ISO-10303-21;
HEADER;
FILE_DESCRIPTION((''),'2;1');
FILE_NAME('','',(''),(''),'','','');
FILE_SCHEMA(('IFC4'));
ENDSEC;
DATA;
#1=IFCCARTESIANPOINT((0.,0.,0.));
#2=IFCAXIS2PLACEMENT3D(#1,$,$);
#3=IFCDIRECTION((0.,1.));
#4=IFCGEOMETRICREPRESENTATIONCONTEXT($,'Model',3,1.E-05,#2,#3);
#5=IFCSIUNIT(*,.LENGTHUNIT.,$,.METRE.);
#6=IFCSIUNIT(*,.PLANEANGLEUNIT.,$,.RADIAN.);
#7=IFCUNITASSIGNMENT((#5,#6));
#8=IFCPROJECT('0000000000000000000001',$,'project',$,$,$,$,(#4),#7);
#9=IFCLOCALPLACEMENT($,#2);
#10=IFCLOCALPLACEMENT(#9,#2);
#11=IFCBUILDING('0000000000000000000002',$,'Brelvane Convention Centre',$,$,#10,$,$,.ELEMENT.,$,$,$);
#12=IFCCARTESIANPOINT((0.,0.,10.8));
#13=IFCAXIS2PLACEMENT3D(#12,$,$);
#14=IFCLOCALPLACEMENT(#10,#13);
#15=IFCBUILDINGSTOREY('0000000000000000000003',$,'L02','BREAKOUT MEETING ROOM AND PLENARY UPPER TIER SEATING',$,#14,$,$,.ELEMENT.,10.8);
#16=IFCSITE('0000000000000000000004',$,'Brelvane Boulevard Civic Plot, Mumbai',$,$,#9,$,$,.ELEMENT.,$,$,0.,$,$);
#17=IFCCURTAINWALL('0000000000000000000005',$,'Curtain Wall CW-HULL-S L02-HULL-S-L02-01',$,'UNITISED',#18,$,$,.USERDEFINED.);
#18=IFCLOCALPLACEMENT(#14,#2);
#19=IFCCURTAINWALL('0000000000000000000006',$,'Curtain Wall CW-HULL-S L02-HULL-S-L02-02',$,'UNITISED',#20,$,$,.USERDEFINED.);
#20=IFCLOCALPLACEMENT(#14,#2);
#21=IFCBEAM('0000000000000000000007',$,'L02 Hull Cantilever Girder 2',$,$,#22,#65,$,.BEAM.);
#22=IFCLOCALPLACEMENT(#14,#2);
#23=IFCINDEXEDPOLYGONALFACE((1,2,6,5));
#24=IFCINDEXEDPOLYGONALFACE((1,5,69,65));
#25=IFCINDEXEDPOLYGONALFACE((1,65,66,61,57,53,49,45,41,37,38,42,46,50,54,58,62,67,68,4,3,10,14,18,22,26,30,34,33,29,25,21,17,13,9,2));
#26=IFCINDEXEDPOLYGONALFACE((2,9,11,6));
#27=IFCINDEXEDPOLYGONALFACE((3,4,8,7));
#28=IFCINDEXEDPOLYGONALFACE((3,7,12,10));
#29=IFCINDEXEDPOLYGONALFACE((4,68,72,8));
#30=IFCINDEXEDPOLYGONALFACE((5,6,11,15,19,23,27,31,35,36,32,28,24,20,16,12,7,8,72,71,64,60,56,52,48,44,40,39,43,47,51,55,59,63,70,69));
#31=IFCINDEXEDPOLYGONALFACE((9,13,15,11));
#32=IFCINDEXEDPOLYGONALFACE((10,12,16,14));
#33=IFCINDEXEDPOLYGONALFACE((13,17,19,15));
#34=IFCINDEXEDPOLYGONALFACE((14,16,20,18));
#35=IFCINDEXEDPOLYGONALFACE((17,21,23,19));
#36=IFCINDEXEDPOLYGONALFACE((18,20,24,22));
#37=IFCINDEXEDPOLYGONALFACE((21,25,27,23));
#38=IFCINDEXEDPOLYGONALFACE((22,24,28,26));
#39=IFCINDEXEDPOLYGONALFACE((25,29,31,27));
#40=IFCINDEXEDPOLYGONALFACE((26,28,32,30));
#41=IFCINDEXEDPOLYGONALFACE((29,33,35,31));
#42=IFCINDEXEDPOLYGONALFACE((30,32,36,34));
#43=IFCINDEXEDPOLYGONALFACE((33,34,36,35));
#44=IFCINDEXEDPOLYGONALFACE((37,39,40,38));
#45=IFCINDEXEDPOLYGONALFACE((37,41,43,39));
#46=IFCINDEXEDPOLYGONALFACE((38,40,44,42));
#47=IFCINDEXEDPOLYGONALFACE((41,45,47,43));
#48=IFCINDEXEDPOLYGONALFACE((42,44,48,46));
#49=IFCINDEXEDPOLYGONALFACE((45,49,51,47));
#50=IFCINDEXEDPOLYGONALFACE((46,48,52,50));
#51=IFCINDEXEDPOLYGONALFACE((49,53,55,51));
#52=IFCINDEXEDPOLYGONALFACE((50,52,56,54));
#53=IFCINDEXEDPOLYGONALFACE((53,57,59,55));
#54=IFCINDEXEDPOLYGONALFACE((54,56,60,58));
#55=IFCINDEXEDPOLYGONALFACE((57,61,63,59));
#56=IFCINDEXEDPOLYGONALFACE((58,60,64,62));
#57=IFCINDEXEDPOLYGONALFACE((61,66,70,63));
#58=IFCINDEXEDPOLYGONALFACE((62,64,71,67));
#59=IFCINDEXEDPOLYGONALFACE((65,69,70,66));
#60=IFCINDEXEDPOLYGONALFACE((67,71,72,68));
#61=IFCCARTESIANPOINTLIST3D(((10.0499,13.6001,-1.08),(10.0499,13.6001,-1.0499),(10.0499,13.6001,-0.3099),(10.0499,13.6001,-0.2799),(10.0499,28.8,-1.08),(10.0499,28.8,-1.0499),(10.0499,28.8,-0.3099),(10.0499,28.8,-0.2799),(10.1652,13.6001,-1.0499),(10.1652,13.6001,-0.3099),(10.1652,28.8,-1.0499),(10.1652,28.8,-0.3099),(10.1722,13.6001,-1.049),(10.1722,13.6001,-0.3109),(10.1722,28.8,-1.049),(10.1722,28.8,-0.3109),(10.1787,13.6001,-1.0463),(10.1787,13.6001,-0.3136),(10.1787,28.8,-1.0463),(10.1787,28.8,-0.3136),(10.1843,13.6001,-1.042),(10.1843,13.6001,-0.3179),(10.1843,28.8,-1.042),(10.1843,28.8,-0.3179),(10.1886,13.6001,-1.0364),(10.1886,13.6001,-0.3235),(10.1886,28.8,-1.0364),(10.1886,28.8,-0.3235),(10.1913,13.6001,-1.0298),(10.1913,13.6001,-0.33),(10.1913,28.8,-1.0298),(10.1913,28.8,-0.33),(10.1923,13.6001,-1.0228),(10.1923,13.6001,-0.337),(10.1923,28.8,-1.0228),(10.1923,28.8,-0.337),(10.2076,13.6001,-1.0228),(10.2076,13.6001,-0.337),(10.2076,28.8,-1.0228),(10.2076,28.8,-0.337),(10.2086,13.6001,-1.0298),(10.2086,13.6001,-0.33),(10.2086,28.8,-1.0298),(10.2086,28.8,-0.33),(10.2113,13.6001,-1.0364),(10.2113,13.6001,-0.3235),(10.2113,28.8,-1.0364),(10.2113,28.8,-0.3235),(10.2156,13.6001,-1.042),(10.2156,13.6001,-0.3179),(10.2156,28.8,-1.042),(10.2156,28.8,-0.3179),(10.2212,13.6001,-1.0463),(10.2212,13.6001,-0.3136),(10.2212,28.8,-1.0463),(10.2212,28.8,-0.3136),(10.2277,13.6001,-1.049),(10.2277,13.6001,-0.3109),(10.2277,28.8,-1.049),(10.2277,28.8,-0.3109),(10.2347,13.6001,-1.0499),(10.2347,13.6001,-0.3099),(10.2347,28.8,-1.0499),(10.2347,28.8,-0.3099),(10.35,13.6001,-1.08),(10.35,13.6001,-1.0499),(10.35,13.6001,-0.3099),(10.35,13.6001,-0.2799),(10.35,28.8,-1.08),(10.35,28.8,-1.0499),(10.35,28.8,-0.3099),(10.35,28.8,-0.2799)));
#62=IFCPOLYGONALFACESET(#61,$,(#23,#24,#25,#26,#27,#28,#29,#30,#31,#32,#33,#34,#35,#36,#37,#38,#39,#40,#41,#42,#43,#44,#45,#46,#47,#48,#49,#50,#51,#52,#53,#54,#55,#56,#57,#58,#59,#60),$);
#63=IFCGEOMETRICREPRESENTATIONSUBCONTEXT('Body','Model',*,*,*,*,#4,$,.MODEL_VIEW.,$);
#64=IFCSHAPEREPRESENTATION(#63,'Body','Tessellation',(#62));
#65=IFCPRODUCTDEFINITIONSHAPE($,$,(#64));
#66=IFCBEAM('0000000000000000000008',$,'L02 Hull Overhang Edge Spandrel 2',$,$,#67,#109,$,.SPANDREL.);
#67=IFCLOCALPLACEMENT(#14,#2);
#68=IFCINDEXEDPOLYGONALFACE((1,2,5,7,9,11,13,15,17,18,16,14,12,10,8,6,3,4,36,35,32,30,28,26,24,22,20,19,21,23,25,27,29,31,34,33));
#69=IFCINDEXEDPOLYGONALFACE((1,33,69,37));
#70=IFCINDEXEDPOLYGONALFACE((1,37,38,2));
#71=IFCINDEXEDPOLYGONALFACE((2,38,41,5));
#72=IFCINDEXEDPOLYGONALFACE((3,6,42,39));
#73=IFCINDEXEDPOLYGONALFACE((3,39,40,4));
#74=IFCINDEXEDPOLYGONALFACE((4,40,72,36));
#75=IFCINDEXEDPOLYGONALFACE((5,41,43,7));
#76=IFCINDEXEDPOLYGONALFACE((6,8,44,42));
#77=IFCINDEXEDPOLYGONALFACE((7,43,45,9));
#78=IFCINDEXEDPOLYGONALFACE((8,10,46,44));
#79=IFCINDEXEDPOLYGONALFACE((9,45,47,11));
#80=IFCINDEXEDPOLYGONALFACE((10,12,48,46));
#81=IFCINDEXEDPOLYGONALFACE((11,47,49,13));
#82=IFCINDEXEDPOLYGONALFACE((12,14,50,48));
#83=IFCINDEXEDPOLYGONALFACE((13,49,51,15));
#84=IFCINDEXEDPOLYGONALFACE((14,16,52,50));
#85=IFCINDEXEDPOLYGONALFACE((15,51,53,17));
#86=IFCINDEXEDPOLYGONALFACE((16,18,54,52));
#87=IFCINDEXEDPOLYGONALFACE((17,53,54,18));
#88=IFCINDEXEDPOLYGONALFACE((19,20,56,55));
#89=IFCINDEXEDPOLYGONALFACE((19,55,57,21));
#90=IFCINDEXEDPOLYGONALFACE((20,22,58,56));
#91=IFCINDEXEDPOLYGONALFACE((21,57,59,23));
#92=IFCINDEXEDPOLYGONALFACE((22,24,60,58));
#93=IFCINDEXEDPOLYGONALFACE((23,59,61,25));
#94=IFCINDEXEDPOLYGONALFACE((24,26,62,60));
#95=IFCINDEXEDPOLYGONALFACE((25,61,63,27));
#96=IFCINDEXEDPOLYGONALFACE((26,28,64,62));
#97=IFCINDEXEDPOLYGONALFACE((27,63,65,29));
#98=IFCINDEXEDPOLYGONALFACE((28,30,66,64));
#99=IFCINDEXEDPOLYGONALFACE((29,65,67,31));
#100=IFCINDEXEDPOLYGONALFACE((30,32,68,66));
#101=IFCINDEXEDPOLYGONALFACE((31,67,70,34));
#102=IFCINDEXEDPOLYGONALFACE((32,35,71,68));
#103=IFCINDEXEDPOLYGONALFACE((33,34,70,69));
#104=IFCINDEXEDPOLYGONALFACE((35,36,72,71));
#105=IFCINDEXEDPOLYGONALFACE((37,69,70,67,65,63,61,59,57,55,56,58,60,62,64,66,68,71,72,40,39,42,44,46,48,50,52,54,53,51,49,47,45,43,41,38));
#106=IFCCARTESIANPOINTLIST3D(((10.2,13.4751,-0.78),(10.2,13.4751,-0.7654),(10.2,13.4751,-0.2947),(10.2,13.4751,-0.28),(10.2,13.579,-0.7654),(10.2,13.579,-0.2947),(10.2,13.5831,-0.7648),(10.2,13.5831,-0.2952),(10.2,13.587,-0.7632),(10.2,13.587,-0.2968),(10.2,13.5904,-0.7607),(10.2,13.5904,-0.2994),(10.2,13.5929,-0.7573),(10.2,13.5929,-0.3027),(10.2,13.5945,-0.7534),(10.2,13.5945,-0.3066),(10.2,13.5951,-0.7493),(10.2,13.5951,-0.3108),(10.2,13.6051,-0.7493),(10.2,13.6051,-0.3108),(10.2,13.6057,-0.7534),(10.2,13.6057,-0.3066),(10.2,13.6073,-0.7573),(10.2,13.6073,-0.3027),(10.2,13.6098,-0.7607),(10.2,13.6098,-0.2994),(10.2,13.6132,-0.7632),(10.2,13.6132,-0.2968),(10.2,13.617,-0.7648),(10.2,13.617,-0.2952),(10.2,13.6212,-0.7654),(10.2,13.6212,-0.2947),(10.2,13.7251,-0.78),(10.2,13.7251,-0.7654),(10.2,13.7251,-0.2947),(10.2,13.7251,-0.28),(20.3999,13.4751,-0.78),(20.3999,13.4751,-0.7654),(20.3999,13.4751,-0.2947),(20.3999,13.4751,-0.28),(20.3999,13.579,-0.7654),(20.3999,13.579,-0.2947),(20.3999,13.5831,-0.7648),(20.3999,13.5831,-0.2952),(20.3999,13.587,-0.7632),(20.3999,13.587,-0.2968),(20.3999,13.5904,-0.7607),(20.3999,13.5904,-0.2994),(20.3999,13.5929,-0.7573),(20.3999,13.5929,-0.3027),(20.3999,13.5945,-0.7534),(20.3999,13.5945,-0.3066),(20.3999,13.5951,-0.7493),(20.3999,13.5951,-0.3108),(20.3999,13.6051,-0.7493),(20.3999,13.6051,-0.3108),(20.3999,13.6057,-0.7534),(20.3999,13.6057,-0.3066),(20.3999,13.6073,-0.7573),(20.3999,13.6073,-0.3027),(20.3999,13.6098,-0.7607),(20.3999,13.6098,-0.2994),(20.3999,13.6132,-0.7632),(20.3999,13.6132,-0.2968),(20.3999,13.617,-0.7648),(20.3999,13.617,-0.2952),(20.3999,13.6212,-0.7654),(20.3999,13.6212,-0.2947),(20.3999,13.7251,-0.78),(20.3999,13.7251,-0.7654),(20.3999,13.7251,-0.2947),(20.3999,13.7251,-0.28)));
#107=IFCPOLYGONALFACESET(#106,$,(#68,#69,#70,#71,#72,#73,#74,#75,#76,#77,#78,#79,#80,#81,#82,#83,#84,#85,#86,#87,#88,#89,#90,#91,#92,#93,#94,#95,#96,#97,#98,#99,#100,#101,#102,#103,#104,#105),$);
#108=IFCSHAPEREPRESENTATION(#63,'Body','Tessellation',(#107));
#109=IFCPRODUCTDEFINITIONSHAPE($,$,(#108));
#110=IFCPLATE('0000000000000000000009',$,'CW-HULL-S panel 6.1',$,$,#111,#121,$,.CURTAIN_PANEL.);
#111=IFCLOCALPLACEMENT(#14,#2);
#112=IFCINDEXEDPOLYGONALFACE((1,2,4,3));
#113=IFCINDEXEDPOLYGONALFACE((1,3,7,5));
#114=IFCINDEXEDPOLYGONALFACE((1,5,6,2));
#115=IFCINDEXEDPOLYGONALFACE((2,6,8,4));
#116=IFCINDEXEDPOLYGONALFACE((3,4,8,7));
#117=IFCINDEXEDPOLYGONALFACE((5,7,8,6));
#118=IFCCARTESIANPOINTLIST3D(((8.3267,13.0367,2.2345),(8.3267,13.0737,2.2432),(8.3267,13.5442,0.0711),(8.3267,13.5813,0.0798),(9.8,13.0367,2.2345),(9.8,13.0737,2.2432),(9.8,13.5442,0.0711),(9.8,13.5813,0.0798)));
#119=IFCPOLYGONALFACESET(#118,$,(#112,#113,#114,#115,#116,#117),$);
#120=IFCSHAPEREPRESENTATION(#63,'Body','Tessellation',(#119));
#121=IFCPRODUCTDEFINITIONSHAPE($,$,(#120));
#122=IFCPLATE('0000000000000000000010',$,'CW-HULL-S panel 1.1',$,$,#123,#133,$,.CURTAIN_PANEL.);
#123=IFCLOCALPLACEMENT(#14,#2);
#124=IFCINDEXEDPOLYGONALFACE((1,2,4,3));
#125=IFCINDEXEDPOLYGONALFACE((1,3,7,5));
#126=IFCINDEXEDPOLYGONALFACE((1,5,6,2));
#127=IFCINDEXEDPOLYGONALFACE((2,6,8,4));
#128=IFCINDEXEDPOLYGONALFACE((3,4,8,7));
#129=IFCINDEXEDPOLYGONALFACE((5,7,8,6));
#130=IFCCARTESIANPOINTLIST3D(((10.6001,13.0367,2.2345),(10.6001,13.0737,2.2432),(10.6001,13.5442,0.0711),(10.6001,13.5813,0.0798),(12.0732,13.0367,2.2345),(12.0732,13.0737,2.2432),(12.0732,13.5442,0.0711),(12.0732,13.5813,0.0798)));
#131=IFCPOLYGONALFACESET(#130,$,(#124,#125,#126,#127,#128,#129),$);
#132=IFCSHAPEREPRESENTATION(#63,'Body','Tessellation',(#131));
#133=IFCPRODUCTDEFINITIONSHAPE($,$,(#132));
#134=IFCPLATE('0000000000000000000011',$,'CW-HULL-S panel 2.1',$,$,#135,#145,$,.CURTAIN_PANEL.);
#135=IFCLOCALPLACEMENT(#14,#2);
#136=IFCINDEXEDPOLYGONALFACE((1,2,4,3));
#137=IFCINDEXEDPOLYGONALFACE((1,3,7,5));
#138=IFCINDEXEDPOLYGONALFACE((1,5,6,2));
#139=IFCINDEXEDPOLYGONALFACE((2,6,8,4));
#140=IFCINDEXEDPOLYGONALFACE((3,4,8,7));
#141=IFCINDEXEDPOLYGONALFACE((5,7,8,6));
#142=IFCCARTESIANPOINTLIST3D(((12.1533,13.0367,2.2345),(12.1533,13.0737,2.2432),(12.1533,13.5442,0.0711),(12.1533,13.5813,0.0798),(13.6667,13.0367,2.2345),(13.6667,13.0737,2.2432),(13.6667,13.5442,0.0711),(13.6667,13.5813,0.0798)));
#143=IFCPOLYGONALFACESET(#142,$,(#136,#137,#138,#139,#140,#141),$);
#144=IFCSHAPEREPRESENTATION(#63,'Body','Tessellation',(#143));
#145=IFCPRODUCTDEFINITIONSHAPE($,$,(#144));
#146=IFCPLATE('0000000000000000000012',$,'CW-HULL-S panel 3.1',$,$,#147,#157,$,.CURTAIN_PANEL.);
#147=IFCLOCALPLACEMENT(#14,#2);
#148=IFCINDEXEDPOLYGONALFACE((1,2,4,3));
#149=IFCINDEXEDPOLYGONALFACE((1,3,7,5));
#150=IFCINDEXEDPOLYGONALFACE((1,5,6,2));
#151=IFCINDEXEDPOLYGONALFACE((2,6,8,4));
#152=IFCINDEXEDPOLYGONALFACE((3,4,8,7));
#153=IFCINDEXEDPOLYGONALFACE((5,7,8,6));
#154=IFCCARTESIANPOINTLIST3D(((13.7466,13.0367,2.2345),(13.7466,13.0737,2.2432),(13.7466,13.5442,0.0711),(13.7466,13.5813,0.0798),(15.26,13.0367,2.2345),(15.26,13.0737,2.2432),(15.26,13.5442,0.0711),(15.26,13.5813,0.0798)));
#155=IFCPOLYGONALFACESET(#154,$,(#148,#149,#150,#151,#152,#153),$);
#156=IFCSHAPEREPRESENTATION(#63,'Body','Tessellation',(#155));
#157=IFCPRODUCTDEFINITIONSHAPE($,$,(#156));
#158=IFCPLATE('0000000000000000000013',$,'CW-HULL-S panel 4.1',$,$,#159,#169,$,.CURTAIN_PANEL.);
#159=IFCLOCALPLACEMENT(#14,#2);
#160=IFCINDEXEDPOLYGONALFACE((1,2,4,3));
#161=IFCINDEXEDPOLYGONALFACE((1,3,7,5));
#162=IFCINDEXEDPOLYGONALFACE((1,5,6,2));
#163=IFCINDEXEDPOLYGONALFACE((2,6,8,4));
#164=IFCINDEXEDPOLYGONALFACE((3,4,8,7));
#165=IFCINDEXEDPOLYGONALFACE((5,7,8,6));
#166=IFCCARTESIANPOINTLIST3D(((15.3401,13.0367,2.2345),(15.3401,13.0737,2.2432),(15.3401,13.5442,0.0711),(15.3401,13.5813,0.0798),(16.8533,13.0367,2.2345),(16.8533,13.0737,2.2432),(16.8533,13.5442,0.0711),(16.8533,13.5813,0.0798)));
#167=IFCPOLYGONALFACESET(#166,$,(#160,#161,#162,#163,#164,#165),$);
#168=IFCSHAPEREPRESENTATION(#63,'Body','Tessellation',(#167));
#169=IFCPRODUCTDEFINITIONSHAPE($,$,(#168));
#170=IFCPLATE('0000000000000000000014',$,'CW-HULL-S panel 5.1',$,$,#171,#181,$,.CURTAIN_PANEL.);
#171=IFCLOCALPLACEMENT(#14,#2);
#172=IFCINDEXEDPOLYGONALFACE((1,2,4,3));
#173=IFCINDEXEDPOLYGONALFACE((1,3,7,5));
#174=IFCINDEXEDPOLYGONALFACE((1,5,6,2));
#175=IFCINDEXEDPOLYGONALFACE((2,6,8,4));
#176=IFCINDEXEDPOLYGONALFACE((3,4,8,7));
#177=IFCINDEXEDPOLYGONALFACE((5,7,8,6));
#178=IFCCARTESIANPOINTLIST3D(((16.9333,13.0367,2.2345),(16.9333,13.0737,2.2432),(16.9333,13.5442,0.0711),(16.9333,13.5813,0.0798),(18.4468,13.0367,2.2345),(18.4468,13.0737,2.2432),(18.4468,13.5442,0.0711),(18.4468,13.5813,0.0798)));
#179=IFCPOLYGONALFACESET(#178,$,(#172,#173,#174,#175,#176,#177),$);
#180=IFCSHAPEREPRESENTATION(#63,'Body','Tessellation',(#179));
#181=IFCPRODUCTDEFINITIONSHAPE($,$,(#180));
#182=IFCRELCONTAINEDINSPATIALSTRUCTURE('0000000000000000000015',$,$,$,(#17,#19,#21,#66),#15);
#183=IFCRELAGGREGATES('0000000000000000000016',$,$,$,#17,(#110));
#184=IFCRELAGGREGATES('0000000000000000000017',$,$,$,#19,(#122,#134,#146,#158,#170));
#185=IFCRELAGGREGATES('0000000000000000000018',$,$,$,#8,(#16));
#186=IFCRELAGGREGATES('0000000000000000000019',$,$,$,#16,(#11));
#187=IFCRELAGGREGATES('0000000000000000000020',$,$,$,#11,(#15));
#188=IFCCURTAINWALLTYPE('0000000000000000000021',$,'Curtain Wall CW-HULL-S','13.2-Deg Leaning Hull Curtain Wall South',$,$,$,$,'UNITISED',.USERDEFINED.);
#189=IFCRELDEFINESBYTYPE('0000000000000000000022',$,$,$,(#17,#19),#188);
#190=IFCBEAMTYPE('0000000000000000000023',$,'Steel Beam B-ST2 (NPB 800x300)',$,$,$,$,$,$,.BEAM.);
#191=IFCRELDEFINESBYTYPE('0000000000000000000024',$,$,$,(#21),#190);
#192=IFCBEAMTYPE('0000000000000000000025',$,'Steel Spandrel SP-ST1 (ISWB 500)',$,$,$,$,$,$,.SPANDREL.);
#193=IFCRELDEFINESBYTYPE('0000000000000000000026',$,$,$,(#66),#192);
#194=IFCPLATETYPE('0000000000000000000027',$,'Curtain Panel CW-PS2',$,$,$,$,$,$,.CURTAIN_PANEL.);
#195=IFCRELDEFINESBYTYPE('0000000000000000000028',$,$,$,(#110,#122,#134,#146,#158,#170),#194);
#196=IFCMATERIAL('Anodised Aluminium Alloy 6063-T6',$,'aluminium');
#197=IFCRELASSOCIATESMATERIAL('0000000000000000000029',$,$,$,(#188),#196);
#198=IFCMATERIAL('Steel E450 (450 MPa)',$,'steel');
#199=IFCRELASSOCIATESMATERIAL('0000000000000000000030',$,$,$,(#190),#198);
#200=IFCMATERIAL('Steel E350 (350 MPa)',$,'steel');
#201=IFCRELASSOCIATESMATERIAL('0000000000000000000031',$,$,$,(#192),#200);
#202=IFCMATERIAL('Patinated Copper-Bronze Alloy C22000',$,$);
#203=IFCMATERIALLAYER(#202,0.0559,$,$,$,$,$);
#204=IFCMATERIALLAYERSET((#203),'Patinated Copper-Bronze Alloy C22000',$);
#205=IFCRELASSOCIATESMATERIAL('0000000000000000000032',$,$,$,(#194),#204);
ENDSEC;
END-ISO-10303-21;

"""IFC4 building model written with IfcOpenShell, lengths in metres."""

from ifc_helpers import new_model, si_unit, direction, frame, origin, origin_2d, place, context, subcontext, project, spatial, polyline, i_section, outline, extrude, material, layer, layer_set, material_profile, profile_set, type_object, element, aggregate, save


model = new_model("IFC4")

# Units and contexts
model_context = context("Model", 3, precision=1e-05, world=origin(), true_north=direction((0.0, 1.0)))
body_context = subcontext(model_context, "Body", "Model", "MODEL_VIEW")
ifc_project = project(units=[si_unit("LENGTHUNIT", "METRE"), si_unit("PLANEANGLEUNIT", "RADIAN")], contexts=[model_context])

# Site, building, storey
site_placement = place(None, origin())
site = spatial("IfcSite", under=ifc_project, at=site_placement, Name="Brelvane Boulevard Civic Plot, Mumbai", CompositionType="ELEMENT", RefElevation=0.0)
building_placement = place(site_placement, origin())
building = spatial("IfcBuilding", under=site, at=building_placement, Name="Brelvane Convention Centre", CompositionType="ELEMENT")
storey_placement = place(building_placement, frame((0.0, 0.0, 10.8)))
storey = spatial("IfcBuildingStorey", under=building, at=storey_placement, Name="L02", Description="BREAKOUT MEETING ROOM AND PLENARY UPPER TIER SEATING", CompositionType="ELEMENT", Elevation=10.8)

# Curtain wall
ifc_material_1 = material(Name="Anodised Aluminium Alloy 6063-T6", Category="aluminium")
curtain_wall_type = type_object("IfcCurtainWallType", Name="Curtain Wall CW-HULL-S", Description="13.2-Deg Leaning Hull Curtain Wall South", ElementType="UNITISED", PredefinedType="USERDEFINED", material=ifc_material_1)
curtain_wall_1_placement = place(storey_placement, origin())
curtain_wall_1 = element("IfcCurtainWall", 1, at=curtain_wall_1_placement, inside=storey, type_object=curtain_wall_type, Name="Curtain Wall CW-HULL-S L02-HULL-S-L02-01", ObjectType="UNITISED", PredefinedType="USERDEFINED")

# Curtain wall
curtain_wall_2_placement = place(storey_placement, origin())
curtain_wall_2 = element("IfcCurtainWall", 2, at=curtain_wall_2_placement, inside=storey, type_object=curtain_wall_type, Name="Curtain Wall CW-HULL-S L02-HULL-S-L02-02", ObjectType="UNITISED", PredefinedType="USERDEFINED")

# Beams
ifc_material_2 = material(Name="Steel E450 (450 MPa)", Category="steel")
ifc_material_profile_1 = material_profile(ifc_material_2, i_section(OverallWidth=0.3, OverallDepth=0.8, WebThickness=0.0154, FlangeThickness=0.03, FilletRadius=0.0271, at=origin_2d()), Name="NPB 800x300")
ifc_profile_set_1 = profile_set([ifc_material_profile_1], Name="Steel E450 (450 MPa)")
beam_type_1 = type_object("IfcBeamType", Name="Steel Beam B-ST2 (NPB 800x300)", PredefinedType="BEAM", material=ifc_profile_set_1)
beam_1_placement = place(storey_placement, frame((10.2, 13.6001, -0.6799), z_axis=(0.0, 1.0, 0.0), x_axis=(-1.0, 0.0, 0.0)))
element("IfcBeam", 3, at=beam_1_placement, inside=storey, type_object=beam_type_1, Name="L02 Hull Cantilever Girder 2", PredefinedType="BEAM", context=body_context, shape_type="SweptSolid", body=[
    extrude(i_section(OverallWidth=0.3, OverallDepth=0.8, WebThickness=0.0154, FlangeThickness=0.03, FilletRadius=0.0271, at=origin_2d()), origin(), (0.0, 0.0, 1.0), 15.2),
])
ifc_material_3 = material(Name="Steel E350 (350 MPa)", Category="steel")
ifc_material_profile_2 = material_profile(ifc_material_3, i_section(OverallWidth=0.25, OverallDepth=0.5, WebThickness=0.01, FlangeThickness=0.0146, FilletRadius=0.0161, at=origin_2d()), Name="ISWB 500")
ifc_profile_set_2 = profile_set([ifc_material_profile_2], Name="Steel E350 (350 MPa)")
beam_type_2 = type_object("IfcBeamType", Name="Steel Spandrel SP-ST1 (ISWB 500)", PredefinedType="SPANDREL", material=ifc_profile_set_2)
beam_2_placement = place(storey_placement, frame((10.2, 13.6001, -0.53), z_axis=(1.0, 0.0, 0.0), x_axis=(0.0, 1.0, 0.0)))
element("IfcBeam", 4, at=beam_2_placement, inside=storey, type_object=beam_type_2, Name="L02 Hull Overhang Edge Spandrel 2", PredefinedType="SPANDREL", context=body_context, shape_type="SweptSolid", body=[
    extrude(i_section(OverallWidth=0.25, OverallDepth=0.5, WebThickness=0.01, FlangeThickness=0.0146, FilletRadius=0.0161, at=origin_2d()), origin(), (0.0, 0.0, 1.0), 10.2),
])

# Plates
ifc_material_4 = material(Name="Patinated Copper-Bronze Alloy C22000")
ifc_layer_1 = layer(ifc_material_4, 0.0559)
ifc_layer_set_1 = layer_set([ifc_layer_1], Name="Patinated Copper-Bronze Alloy C22000")
plate_type = type_object("IfcPlateType", Name="Curtain Panel CW-PS2", PredefinedType="CURTAIN_PANEL", material=ifc_layer_set_1)
plate_1_placement = place(storey_placement, frame((8.3267, 13.5813, 0.0798), z_axis=(0.0, 0.973563, 0.228421), x_axis=(1.0, 0.0, 0.0)))
plate_1 = element("IfcPlate", 5, at=plate_1_placement, type_object=plate_type, Name="CW-HULL-S panel 6.1", PredefinedType="CURTAIN_PANEL", context=body_context, shape_type="SweptSolid", body=[
    extrude(outline(polyline([(0.0, 0.0), (1.4734, 0.0), (1.4734, -2.2221), (0.0, -2.2221), (0.0, 0.0)])), origin(), (0.0, 0.0, -1.0), 0.0381),
])
aggregate(curtain_wall_1, [plate_1])
plate_2_placement = place(storey_placement, frame((10.6001, 13.5813, 0.0798), z_axis=(0.0, 0.973563, 0.228421), x_axis=(1.0, 0.0, 0.0)))
plate_2 = element("IfcPlate", 6, at=plate_2_placement, type_object=plate_type, Name="CW-HULL-S panel 1.1", PredefinedType="CURTAIN_PANEL", context=body_context, shape_type="SweptSolid", body=[
    extrude(outline(polyline([(0.0, 0.0), (1.4731, 0.0), (1.4731, -2.2221), (0.0, -2.2221), (0.0, 0.0)])), origin(), (0.0, 0.0, -1.0), 0.0381),
])
plate_3_placement = place(storey_placement, frame((12.1533, 13.5813, 0.0798), z_axis=(0.0, 0.973563, 0.228421), x_axis=(1.0, 0.0, 0.0)))
plate_3 = element("IfcPlate", 7, at=plate_3_placement, type_object=plate_type, Name="CW-HULL-S panel 2.1", PredefinedType="CURTAIN_PANEL", context=body_context, shape_type="SweptSolid", body=[
    extrude(outline(polyline([(0.0, 0.0), (1.5134, 0.0), (1.5134, -2.2221), (0.0, -2.2221), (0.0, 0.0)])), origin(), (0.0, 0.0, -1.0), 0.0381),
])
plate_4_placement = place(storey_placement, frame((13.7466, 13.5813, 0.0798), z_axis=(0.0, 0.973563, 0.228421), x_axis=(1.0, 0.0, 0.0)))
plate_4 = element("IfcPlate", 8, at=plate_4_placement, type_object=plate_type, Name="CW-HULL-S panel 3.1", PredefinedType="CURTAIN_PANEL", context=body_context, shape_type="SweptSolid", body=[
    extrude(outline(polyline([(0.0, 0.0), (1.5134, 0.0), (1.5134, -2.2221), (0.0, -2.2221), (0.0, 0.0)])), origin(), (0.0, 0.0, -1.0), 0.0381),
])
plate_5_placement = place(storey_placement, frame((15.3401, 13.5813, 0.0798), z_axis=(0.0, 0.973563, 0.228421), x_axis=(1.0, 0.0, 0.0)))
plate_5 = element("IfcPlate", 9, at=plate_5_placement, type_object=plate_type, Name="CW-HULL-S panel 4.1", PredefinedType="CURTAIN_PANEL", context=body_context, shape_type="SweptSolid", body=[
    extrude(outline(polyline([(0.0, 0.0), (1.5132, 0.0), (1.5132, -2.2221), (0.0, -2.2221), (0.0, 0.0)])), origin(), (0.0, 0.0, -1.0), 0.0381),
])
plate_6_placement = place(storey_placement, frame((16.9333, 13.5813, 0.0798), z_axis=(0.0, 0.973563, 0.228421), x_axis=(1.0, 0.0, 0.0)))
plate_6 = element("IfcPlate", 10, at=plate_6_placement, type_object=plate_type, Name="CW-HULL-S panel 5.1", PredefinedType="CURTAIN_PANEL", context=body_context, shape_type="SweptSolid", body=[
    extrude(outline(polyline([(0.0, 0.0), (1.5134, 0.0), (1.5134, -2.2221), (0.0, -2.2221), (0.0, 0.0)])), origin(), (0.0, 0.0, -1.0), 0.0381),
])
aggregate(curtain_wall_2, [plate_2, plate_3, plate_4, plate_5, plate_6])

save(model, "model.ifc")
